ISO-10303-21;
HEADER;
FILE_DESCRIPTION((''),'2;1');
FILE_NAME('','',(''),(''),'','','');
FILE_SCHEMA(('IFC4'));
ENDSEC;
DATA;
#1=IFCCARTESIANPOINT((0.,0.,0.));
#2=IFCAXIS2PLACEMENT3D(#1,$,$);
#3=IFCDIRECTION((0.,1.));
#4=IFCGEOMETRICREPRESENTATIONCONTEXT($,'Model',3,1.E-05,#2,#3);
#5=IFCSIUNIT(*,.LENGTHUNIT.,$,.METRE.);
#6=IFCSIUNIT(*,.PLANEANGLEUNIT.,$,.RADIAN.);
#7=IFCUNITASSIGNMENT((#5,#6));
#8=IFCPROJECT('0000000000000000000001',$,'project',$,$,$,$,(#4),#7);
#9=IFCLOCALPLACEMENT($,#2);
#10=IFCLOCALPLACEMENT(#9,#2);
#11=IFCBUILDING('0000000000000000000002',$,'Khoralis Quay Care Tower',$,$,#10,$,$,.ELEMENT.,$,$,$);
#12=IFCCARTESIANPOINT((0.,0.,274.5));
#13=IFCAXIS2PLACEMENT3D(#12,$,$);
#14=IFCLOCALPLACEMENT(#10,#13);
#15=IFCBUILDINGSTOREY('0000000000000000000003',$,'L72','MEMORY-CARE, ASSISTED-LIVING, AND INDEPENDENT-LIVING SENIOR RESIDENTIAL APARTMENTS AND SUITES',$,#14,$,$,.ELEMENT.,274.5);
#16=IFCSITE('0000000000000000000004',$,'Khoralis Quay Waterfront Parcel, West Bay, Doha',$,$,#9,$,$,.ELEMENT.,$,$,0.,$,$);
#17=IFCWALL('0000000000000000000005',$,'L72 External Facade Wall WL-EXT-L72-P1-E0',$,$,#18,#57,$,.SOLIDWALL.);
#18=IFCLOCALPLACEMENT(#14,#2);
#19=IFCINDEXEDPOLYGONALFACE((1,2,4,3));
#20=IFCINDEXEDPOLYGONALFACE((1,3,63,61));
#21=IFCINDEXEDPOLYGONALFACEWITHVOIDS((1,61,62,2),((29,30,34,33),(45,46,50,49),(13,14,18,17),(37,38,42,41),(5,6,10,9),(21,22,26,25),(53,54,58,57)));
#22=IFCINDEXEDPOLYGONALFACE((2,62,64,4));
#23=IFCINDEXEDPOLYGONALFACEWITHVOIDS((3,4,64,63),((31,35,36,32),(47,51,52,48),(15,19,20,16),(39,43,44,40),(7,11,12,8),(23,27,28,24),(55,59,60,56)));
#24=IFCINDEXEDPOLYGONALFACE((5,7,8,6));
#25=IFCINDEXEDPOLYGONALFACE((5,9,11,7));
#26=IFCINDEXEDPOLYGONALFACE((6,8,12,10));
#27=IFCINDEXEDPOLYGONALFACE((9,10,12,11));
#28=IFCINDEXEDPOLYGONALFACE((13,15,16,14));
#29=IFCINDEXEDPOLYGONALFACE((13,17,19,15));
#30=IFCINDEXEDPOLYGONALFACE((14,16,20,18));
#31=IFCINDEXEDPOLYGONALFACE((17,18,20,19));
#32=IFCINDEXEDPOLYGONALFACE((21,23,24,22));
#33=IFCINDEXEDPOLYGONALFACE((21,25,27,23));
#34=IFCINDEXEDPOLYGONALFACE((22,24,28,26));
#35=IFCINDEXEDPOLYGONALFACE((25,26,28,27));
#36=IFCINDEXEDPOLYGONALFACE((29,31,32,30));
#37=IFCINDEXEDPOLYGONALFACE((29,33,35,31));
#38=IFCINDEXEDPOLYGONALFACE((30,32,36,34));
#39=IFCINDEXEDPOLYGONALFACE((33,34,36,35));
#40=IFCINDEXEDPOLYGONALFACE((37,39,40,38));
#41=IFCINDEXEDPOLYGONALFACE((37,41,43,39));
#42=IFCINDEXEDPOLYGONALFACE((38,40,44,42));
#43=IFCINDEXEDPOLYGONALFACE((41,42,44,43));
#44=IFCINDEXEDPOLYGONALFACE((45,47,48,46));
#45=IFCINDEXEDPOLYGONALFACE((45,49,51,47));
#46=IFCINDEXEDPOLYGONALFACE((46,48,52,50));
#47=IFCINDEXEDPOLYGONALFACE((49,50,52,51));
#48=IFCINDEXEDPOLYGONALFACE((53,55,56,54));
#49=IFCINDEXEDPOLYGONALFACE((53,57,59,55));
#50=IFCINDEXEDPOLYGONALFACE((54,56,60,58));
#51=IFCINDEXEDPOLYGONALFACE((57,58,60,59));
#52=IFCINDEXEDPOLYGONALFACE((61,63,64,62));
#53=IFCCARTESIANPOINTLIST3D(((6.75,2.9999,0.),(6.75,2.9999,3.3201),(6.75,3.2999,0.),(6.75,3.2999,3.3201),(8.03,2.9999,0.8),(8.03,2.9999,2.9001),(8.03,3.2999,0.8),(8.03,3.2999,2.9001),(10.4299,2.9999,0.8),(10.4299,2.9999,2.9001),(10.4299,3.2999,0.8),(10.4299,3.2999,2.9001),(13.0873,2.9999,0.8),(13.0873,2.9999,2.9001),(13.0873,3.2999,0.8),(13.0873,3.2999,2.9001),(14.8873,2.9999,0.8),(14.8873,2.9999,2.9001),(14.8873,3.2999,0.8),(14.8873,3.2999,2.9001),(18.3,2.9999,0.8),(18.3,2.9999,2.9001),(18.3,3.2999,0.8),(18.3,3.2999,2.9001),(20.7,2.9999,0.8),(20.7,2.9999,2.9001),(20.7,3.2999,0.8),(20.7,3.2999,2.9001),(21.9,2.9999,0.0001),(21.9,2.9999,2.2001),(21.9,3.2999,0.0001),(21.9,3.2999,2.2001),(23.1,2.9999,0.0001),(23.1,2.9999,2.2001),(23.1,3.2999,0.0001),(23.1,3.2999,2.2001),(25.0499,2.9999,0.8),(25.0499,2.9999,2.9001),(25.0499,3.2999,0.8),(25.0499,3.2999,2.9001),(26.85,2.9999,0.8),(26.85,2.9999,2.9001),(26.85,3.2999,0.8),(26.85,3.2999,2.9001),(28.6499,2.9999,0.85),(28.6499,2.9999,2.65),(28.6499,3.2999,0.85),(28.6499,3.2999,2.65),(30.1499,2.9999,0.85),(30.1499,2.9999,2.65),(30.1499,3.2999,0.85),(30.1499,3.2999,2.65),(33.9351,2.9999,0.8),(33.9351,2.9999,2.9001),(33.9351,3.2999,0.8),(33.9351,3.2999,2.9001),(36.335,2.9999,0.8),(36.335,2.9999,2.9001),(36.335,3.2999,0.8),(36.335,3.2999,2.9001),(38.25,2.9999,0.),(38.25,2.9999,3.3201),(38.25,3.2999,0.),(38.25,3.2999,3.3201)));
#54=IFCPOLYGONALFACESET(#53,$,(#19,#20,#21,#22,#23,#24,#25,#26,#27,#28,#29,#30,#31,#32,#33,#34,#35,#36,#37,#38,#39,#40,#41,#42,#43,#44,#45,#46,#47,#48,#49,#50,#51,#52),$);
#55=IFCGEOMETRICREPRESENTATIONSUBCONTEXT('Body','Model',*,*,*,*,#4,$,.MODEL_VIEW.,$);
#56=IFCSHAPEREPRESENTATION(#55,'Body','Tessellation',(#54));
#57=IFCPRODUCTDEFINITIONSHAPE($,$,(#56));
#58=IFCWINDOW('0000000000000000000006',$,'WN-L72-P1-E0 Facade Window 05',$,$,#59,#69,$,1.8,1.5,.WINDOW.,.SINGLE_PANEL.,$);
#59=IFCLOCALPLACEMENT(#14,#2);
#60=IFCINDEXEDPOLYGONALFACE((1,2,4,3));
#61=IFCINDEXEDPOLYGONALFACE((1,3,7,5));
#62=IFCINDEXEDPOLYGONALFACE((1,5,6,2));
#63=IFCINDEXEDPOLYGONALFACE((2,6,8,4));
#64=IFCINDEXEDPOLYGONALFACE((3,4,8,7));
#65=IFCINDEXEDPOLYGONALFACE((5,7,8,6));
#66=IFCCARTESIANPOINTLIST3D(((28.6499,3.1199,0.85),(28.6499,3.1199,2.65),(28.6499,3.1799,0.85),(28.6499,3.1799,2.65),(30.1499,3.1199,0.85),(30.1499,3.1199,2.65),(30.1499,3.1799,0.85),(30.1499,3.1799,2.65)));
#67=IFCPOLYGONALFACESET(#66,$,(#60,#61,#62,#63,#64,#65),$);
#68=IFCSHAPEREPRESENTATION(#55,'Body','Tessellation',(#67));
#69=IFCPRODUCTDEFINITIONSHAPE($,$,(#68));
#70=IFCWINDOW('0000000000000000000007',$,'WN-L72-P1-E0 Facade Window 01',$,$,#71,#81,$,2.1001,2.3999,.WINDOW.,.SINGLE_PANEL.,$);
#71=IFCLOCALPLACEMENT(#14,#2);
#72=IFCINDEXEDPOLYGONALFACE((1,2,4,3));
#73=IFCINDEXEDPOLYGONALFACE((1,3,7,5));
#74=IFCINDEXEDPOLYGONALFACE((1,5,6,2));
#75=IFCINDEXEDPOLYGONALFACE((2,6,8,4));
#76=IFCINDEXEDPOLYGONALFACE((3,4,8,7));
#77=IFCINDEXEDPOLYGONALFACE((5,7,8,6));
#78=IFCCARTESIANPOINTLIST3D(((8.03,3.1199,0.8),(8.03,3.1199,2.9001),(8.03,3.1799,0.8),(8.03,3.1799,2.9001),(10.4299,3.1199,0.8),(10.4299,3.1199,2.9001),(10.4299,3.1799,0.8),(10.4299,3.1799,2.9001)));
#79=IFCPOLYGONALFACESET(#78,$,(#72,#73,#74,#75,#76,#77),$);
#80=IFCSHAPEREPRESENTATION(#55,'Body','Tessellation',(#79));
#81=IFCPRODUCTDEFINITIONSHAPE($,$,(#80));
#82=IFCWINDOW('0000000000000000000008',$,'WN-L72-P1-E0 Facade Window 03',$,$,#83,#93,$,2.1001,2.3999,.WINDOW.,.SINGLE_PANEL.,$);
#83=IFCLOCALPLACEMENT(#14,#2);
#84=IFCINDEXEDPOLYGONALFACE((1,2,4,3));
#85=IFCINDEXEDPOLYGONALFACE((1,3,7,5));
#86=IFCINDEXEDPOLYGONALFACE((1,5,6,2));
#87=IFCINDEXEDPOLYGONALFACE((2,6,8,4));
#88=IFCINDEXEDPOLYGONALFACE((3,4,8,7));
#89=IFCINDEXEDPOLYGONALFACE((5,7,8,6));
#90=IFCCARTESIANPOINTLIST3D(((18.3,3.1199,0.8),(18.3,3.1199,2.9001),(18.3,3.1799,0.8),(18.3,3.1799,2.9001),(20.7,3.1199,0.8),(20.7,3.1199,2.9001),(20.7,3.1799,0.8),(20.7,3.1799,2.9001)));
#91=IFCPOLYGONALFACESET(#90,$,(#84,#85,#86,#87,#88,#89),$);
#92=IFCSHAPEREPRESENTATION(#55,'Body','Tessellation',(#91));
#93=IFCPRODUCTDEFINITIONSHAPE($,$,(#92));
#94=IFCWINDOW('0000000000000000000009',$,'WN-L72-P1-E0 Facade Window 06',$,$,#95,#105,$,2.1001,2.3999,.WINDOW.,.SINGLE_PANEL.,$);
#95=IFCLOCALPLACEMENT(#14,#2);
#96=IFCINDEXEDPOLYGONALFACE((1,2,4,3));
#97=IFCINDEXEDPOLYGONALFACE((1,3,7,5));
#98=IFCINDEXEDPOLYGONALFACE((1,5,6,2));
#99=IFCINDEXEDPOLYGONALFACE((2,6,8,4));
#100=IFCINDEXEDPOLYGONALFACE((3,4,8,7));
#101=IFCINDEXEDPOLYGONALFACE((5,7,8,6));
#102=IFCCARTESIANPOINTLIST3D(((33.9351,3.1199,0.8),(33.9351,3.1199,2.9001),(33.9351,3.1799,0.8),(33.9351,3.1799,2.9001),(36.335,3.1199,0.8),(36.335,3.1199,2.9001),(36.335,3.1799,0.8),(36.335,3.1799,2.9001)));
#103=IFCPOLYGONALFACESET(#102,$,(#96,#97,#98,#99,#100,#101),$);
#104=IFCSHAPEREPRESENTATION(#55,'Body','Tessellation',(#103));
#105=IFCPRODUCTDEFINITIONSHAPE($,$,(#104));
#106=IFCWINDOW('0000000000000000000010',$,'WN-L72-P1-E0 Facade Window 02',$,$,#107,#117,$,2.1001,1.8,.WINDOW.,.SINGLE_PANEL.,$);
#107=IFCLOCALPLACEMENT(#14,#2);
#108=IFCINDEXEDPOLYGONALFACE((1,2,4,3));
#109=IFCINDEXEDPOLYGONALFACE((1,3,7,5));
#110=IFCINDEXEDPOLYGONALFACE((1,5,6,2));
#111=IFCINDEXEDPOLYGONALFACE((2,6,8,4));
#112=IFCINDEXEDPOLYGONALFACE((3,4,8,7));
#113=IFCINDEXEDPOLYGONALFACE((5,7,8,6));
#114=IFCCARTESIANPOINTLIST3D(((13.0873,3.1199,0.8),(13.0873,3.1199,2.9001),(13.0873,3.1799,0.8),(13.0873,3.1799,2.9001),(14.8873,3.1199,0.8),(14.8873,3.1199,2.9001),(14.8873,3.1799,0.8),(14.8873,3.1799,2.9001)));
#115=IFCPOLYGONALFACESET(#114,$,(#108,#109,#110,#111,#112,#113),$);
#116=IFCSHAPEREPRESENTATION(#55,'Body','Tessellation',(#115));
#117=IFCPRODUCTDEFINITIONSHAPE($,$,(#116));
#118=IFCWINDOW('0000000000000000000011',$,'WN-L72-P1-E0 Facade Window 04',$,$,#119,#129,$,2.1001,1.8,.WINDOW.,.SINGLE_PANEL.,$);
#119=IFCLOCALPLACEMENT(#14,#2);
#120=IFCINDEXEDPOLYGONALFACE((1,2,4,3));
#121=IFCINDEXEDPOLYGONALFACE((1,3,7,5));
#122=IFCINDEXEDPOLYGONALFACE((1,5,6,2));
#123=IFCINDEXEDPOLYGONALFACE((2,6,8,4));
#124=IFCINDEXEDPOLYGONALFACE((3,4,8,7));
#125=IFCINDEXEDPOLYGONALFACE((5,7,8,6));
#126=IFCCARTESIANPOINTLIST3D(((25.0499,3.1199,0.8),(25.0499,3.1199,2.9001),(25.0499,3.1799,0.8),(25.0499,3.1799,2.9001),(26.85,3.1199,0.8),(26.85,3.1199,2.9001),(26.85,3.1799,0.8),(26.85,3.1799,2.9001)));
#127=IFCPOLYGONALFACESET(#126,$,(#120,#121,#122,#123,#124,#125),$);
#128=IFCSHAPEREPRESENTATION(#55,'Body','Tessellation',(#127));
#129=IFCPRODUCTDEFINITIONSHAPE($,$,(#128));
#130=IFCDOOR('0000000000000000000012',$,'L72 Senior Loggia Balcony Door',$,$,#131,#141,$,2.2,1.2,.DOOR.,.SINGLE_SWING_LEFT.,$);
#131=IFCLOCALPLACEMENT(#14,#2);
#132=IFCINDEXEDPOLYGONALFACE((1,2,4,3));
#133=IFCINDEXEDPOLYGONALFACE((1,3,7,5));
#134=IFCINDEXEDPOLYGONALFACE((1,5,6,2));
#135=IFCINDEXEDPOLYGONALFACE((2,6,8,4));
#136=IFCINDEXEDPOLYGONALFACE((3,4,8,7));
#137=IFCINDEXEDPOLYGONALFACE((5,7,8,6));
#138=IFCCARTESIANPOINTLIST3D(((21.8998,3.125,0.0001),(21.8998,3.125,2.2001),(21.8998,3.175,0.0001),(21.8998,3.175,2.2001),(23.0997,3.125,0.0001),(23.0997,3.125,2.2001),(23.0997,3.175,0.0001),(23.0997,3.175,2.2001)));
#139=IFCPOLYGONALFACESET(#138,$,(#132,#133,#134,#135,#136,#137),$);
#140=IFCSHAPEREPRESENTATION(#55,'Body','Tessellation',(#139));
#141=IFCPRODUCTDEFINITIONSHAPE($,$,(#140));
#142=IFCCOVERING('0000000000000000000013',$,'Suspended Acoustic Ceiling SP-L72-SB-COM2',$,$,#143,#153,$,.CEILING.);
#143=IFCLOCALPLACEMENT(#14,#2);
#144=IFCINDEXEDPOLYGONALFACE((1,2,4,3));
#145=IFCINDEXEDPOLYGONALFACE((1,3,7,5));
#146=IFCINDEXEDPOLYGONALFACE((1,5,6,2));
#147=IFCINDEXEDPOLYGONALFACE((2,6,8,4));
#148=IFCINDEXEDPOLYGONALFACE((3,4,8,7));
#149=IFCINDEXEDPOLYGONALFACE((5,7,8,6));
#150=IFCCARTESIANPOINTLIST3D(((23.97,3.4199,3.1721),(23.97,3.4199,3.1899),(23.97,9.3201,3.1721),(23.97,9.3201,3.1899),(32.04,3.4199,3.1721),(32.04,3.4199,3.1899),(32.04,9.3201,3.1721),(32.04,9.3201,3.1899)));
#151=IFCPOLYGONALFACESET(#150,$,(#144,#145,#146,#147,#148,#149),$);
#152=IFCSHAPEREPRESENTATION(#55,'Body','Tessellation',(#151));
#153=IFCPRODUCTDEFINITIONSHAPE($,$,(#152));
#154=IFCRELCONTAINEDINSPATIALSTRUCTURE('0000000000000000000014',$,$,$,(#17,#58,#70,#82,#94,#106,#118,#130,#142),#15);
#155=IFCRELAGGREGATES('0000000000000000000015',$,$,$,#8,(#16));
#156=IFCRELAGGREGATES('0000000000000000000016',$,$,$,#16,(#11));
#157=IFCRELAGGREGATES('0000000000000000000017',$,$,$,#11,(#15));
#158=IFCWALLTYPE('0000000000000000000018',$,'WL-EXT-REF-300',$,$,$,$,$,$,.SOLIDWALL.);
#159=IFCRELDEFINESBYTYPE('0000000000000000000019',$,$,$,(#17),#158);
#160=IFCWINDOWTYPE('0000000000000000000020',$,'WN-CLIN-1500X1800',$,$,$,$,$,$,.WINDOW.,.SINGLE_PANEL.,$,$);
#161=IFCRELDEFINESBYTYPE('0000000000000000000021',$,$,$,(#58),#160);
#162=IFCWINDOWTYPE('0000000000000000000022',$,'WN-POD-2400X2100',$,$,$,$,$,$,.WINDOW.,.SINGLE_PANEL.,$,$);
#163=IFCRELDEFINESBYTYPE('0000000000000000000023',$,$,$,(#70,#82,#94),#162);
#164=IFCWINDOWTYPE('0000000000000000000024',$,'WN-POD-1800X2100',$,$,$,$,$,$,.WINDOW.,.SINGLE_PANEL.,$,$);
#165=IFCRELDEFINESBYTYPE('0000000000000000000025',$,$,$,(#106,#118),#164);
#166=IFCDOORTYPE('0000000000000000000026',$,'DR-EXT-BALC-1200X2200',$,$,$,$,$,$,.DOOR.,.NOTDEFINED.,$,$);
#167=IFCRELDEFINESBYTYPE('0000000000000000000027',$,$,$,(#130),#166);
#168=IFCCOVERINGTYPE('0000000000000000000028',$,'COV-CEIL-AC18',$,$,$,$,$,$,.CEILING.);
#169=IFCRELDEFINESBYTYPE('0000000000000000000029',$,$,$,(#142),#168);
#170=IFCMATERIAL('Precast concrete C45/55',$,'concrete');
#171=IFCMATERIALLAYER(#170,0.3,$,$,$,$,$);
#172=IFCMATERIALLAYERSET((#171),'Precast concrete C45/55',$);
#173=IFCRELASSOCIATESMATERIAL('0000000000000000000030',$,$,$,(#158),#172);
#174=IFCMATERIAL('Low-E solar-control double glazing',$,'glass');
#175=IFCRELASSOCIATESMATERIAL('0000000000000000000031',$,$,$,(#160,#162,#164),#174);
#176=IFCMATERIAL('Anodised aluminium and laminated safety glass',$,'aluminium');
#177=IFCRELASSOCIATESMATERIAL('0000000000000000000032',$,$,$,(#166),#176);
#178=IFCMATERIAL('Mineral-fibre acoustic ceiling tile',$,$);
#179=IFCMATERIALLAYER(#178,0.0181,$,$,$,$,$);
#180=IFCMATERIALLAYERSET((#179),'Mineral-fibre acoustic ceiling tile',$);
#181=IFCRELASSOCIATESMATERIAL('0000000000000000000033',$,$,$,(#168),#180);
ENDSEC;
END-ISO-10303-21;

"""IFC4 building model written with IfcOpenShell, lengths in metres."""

from ifc_helpers import new_model, si_unit, direction, frame, frame_2d, origin, place, context, subcontext, project, spatial, polyline, rectangle, outline, extrude, source, transform, mapped, material, layer, layer_set, type_object, element, fill, save


model = new_model("IFC4")

# Units and contexts
model_context = context("Model", 3, precision=1e-05, world=origin(), true_north=direction((0.0, 1.0)))
body_context = subcontext(model_context, "Body", "Model", "MODEL_VIEW")
ifc_project = project(units=[si_unit("LENGTHUNIT", "METRE"), si_unit("PLANEANGLEUNIT", "RADIAN")], contexts=[model_context])

# Site, building, storey
site_placement = place(None, origin())
site = spatial("IfcSite", under=ifc_project, at=site_placement, Name="Khoralis Quay Waterfront Parcel, West Bay, Doha", CompositionType="ELEMENT", RefElevation=0.0)
building_placement = place(site_placement, origin())
building = spatial("IfcBuilding", under=site, at=building_placement, Name="Khoralis Quay Care Tower", CompositionType="ELEMENT")
storey_placement = place(building_placement, frame((0.0, 0.0, 274.5)))
storey = spatial("IfcBuildingStorey", under=building, at=storey_placement, Name="L72", Description="MEMORY-CARE, ASSISTED-LIVING, AND INDEPENDENT-LIVING SENIOR RESIDENTIAL APARTMENTS AND SUITES", CompositionType="ELEMENT", Elevation=274.5)

# Wall, openings, windows, door
ifc_material_1 = material(Name="Precast concrete C45/55", Category="concrete")
ifc_layer_1 = layer(ifc_material_1, 0.3)
ifc_layer_set_1 = layer_set([ifc_layer_1], Name="Precast concrete C45/55")
wall_type = type_object("IfcWallType", Name="WL-EXT-REF-300", PredefinedType="SOLIDWALL", material=ifc_layer_set_1)
wall_placement = place(storey_placement, frame((6.75, 3.1499, 0.0), z_axis=(0.0, 0.0, 1.0), x_axis=(1.0, 0.0, 0.0)))
wall = element("IfcWall", 1, at=wall_placement, inside=storey, type_object=wall_type, Name="L72 External Facade Wall WL-EXT-L72-P1-E0", PredefinedType="SOLIDWALL", context=body_context, shape_type="SweptSolid", body=[
    extrude(rectangle(XDim=31.5, YDim=0.3, at=frame_2d((15.75, 0.0))), origin(), (0.0, 0.0, 1.0), 3.3201),
])
opening_1_placement = place(wall_placement, frame((1.28, 0.0, 0.8)))
opening_1 = element("IfcOpeningElement", 2, at=opening_1_placement, cuts=wall, PredefinedType="OPENING", context=body_context, shape_type="SweptSolid", body=[
    extrude(rectangle(XDim=2.3999, YDim=2.1001, at=frame_2d((1.2, 1.05))), frame((0.0, 0.1602, 0.0), z_axis=(0.0, -1.0, 0.0), x_axis=(1.0, 0.0, 0.0)), (0.0, 0.0, 1.0), 0.3201),
])
opening_2_placement = place(wall_placement, frame((6.3374, 0.0, 0.8)))
opening_2 = element("IfcOpeningElement", 3, at=opening_2_placement, cuts=wall, PredefinedType="OPENING", context=body_context, shape_type="SweptSolid", body=[
    extrude(rectangle(XDim=1.8, YDim=2.1001, at=frame_2d((0.8999, 1.05))), frame((0.0, 0.1602, 0.0), z_axis=(0.0, -1.0, 0.0), x_axis=(1.0, 0.0, 0.0)), (0.0, 0.0, 1.0), 0.3201),
])
opening_3_placement = place(wall_placement, frame((11.55, 0.0, 0.8)))
opening_3 = element("IfcOpeningElement", 4, at=opening_3_placement, cuts=wall, PredefinedType="OPENING", context=body_context, shape_type="SweptSolid", body=[
    extrude(rectangle(XDim=2.3999, YDim=2.1001, at=frame_2d((1.2, 1.05))), frame((0.0, 0.1602, 0.0), z_axis=(0.0, -1.0, 0.0), x_axis=(1.0, 0.0, 0.0)), (0.0, 0.0, 1.0), 0.3201),
])
opening_4_placement = place(wall_placement, frame((18.3, 0.0, 0.8)))
opening_4 = element("IfcOpeningElement", 5, at=opening_4_placement, cuts=wall, PredefinedType="OPENING", context=body_context, shape_type="SweptSolid", body=[
    extrude(rectangle(XDim=1.8, YDim=2.1001, at=frame_2d((0.8999, 1.05))), frame((0.0, 0.1602, 0.0), z_axis=(0.0, -1.0, 0.0), x_axis=(1.0, 0.0, 0.0)), (0.0, 0.0, 1.0), 0.3201),
])
opening_5_placement = place(wall_placement, frame((21.8999, 0.0, 0.8501)))
opening_5 = element("IfcOpeningElement", 6, at=opening_5_placement, cuts=wall, PredefinedType="OPENING", context=body_context, shape_type="SweptSolid", body=[
    extrude(rectangle(XDim=1.5, YDim=1.8, at=frame_2d((0.75, 0.8999))), frame((0.0, 0.1602, 0.0), z_axis=(0.0, -1.0, 0.0), x_axis=(1.0, 0.0, 0.0)), (0.0, 0.0, 1.0), 0.3201),
])
opening_6_placement = place(wall_placement, frame((27.1851, 0.0, 0.8)))
opening_6 = element("IfcOpeningElement", 7, at=opening_6_placement, cuts=wall, PredefinedType="OPENING", context=body_context, shape_type="SweptSolid", body=[
    extrude(rectangle(XDim=2.3999, YDim=2.1001, at=frame_2d((1.2, 1.05))), frame((0.0, 0.1602, 0.0), z_axis=(0.0, -1.0, 0.0), x_axis=(1.0, 0.0, 0.0)), (0.0, 0.0, 1.0), 0.3201),
])
opening_7_placement = place(wall_placement, frame((15.1499, 0.0, 0.0)))
opening_7 = element("IfcOpeningElement", 8, at=opening_7_placement, cuts=wall, PredefinedType="OPENING", context=body_context, shape_type="SweptSolid", body=[
    extrude(rectangle(XDim=1.2, YDim=2.2, at=frame_2d((0.6001, 1.1001))), frame((0.0, 0.1602, 0.0), z_axis=(0.0, -1.0, 0.0), x_axis=(1.0, 0.0, 0.0)), (0.0, 0.0, 1.0), 0.3201),
])
ifc_material_2 = material(Name="Low-E solar-control double glazing", Category="glass")
window_type_1 = type_object("IfcWindowType", Name="WN-CLIN-1500X1800", PartitioningType="SINGLE_PANEL", PredefinedType="WINDOW", material=ifc_material_2)
shared_shape_1 = source(origin(), body_context, "Body", "SweptSolid", [
    extrude(rectangle(XDim=1.5, YDim=1.8, at=frame_2d((0.75, 0.8999))), frame((0.0, 0.03, 0.0), z_axis=(0.0, -1.0, 0.0), x_axis=(1.0, 0.0, 0.0)), (0.0, 0.0, 1.0), 0.0601),
])
window_1_placement = place(opening_5_placement, origin())
window_1 = element("IfcWindow", 9, at=window_1_placement, inside=storey, type_object=window_type_1, Name="WN-L72-P1-E0 Facade Window 05", OverallHeight=1.8, OverallWidth=1.5, PartitioningType="SINGLE_PANEL", PredefinedType="WINDOW", context=body_context, shape_type="MappedRepresentation", body=[
    mapped(shared_shape_1, transform((0.0, 0.0, 0.0), scale=1.0)),
])
fill(opening_5, window_1)
window_type_2 = type_object("IfcWindowType", Name="WN-POD-2400X2100", PartitioningType="SINGLE_PANEL", PredefinedType="WINDOW", material=ifc_material_2)
shared_shape_2 = source(origin(), body_context, "Body", "SweptSolid", [
    extrude(rectangle(XDim=2.3999, YDim=2.1001, at=frame_2d((1.2, 1.05))), frame((0.0, 0.03, 0.0), z_axis=(0.0, -1.0, 0.0), x_axis=(1.0, 0.0, 0.0)), (0.0, 0.0, 1.0), 0.0601),
])
window_2_placement = place(opening_1_placement, origin())
window_2 = element("IfcWindow", 10, at=window_2_placement, inside=storey, type_object=window_type_2, Name="WN-L72-P1-E0 Facade Window 01", OverallHeight=2.1001, OverallWidth=2.3999, PartitioningType="SINGLE_PANEL", PredefinedType="WINDOW", context=body_context, shape_type="MappedRepresentation", body=[
    mapped(shared_shape_2, transform((0.0, 0.0, 0.0), scale=1.0)),
])
fill(opening_1, window_2)
window_3_placement = place(opening_3_placement, origin())
window_3 = element("IfcWindow", 11, at=window_3_placement, inside=storey, type_object=window_type_2, Name="WN-L72-P1-E0 Facade Window 03", OverallHeight=2.1001, OverallWidth=2.3999, PartitioningType="SINGLE_PANEL", PredefinedType="WINDOW", context=body_context, shape_type="MappedRepresentation", body=[
    mapped(shared_shape_2, transform((0.0, 0.0, 0.0), scale=1.0)),
])
fill(opening_3, window_3)
window_4_placement = place(opening_6_placement, origin())
window_4 = element("IfcWindow", 12, at=window_4_placement, inside=storey, type_object=window_type_2, Name="WN-L72-P1-E0 Facade Window 06", OverallHeight=2.1001, OverallWidth=2.3999, PartitioningType="SINGLE_PANEL", PredefinedType="WINDOW", context=body_context, shape_type="MappedRepresentation", body=[
    mapped(shared_shape_2, transform((0.0, 0.0, 0.0), scale=1.0)),
])
fill(opening_6, window_4)
window_type_3 = type_object("IfcWindowType", Name="WN-POD-1800X2100", PartitioningType="SINGLE_PANEL", PredefinedType="WINDOW", material=ifc_material_2)
shared_shape_3 = source(origin(), body_context, "Body", "SweptSolid", [
    extrude(rectangle(XDim=1.8, YDim=2.1001, at=frame_2d((0.8999, 1.05))), frame((0.0, 0.03, 0.0), z_axis=(0.0, -1.0, 0.0), x_axis=(1.0, 0.0, 0.0)), (0.0, 0.0, 1.0), 0.0601),
])
window_5_placement = place(opening_2_placement, origin())
window_5 = element("IfcWindow", 13, at=window_5_placement, inside=storey, type_object=window_type_3, Name="WN-L72-P1-E0 Facade Window 02", OverallHeight=2.1001, OverallWidth=1.8, PartitioningType="SINGLE_PANEL", PredefinedType="WINDOW", context=body_context, shape_type="MappedRepresentation", body=[
    mapped(shared_shape_3, transform((0.0, 0.0, 0.0), scale=1.0)),
])
fill(opening_2, window_5)
window_6_placement = place(opening_4_placement, origin())
window_6 = element("IfcWindow", 14, at=window_6_placement, inside=storey, type_object=window_type_3, Name="WN-L72-P1-E0 Facade Window 04", OverallHeight=2.1001, OverallWidth=1.8, PartitioningType="SINGLE_PANEL", PredefinedType="WINDOW", context=body_context, shape_type="MappedRepresentation", body=[
    mapped(shared_shape_3, transform((0.0, 0.0, 0.0), scale=1.0)),
])
fill(opening_4, window_6)
ifc_material_3 = material(Name="Anodised aluminium and laminated safety glass", Category="aluminium")
door_type = type_object("IfcDoorType", Name="DR-EXT-BALC-1200X2200", OperationType="NOTDEFINED", PredefinedType="DOOR", material=ifc_material_3)
shared_shape_4 = source(origin(), body_context, "Body", "SweptSolid", [
    extrude(rectangle(XDim=1.2, YDim=2.2, at=frame_2d((0.6001, 1.1001))), frame((0.0, 0.0249, 0.0), z_axis=(0.0, -1.0, 0.0), x_axis=(1.0, 0.0, 0.0)), (0.0, 0.0, 1.0), 0.05),
])
door_placement = place(opening_7_placement, frame((1.2, 0.0, 0.0), z_axis=(0.0, 0.0, 1.0), x_axis=(-1.0, 0.0, 0.0)))
door = element("IfcDoor", 15, at=door_placement, inside=storey, type_object=door_type, Name="L72 Senior Loggia Balcony Door", OperationType="SINGLE_SWING_LEFT", OverallHeight=2.2, OverallWidth=1.2, PredefinedType="DOOR", context=body_context, shape_type="MappedRepresentation", body=[
    mapped(shared_shape_4, transform((0.0, 0.0, 0.0), scale=1.0)),
])
fill(opening_7, door)

# Covering
ifc_material_4 = material(Name="Mineral-fibre acoustic ceiling tile")
ifc_layer_2 = layer(ifc_material_4, 0.0181)
ifc_layer_set_2 = layer_set([ifc_layer_2], Name="Mineral-fibre acoustic ceiling tile")
covering_type_1 = type_object("IfcCoveringType", Name="COV-CEIL-AC18", PredefinedType="CEILING", material=ifc_layer_set_2)
covering_1_placement = place(storey_placement, frame((0.0, 0.0, 3.1721)))
element("IfcCovering", 16, at=covering_1_placement, inside=storey, type_object=covering_type_1, Name="Suspended Acoustic Ceiling SP-L72-SB-COM2", PredefinedType="CEILING", context=body_context, shape_type="SweptSolid", body=[
    extrude(outline(polyline([(23.97, 3.4199), (32.04, 3.4199), (32.04, 9.3201), (23.97, 9.3201), (23.97, 3.4199)])), origin(), (0.0, 0.0, 1.0), 0.0178),
])

save(model, "model.ifc")
